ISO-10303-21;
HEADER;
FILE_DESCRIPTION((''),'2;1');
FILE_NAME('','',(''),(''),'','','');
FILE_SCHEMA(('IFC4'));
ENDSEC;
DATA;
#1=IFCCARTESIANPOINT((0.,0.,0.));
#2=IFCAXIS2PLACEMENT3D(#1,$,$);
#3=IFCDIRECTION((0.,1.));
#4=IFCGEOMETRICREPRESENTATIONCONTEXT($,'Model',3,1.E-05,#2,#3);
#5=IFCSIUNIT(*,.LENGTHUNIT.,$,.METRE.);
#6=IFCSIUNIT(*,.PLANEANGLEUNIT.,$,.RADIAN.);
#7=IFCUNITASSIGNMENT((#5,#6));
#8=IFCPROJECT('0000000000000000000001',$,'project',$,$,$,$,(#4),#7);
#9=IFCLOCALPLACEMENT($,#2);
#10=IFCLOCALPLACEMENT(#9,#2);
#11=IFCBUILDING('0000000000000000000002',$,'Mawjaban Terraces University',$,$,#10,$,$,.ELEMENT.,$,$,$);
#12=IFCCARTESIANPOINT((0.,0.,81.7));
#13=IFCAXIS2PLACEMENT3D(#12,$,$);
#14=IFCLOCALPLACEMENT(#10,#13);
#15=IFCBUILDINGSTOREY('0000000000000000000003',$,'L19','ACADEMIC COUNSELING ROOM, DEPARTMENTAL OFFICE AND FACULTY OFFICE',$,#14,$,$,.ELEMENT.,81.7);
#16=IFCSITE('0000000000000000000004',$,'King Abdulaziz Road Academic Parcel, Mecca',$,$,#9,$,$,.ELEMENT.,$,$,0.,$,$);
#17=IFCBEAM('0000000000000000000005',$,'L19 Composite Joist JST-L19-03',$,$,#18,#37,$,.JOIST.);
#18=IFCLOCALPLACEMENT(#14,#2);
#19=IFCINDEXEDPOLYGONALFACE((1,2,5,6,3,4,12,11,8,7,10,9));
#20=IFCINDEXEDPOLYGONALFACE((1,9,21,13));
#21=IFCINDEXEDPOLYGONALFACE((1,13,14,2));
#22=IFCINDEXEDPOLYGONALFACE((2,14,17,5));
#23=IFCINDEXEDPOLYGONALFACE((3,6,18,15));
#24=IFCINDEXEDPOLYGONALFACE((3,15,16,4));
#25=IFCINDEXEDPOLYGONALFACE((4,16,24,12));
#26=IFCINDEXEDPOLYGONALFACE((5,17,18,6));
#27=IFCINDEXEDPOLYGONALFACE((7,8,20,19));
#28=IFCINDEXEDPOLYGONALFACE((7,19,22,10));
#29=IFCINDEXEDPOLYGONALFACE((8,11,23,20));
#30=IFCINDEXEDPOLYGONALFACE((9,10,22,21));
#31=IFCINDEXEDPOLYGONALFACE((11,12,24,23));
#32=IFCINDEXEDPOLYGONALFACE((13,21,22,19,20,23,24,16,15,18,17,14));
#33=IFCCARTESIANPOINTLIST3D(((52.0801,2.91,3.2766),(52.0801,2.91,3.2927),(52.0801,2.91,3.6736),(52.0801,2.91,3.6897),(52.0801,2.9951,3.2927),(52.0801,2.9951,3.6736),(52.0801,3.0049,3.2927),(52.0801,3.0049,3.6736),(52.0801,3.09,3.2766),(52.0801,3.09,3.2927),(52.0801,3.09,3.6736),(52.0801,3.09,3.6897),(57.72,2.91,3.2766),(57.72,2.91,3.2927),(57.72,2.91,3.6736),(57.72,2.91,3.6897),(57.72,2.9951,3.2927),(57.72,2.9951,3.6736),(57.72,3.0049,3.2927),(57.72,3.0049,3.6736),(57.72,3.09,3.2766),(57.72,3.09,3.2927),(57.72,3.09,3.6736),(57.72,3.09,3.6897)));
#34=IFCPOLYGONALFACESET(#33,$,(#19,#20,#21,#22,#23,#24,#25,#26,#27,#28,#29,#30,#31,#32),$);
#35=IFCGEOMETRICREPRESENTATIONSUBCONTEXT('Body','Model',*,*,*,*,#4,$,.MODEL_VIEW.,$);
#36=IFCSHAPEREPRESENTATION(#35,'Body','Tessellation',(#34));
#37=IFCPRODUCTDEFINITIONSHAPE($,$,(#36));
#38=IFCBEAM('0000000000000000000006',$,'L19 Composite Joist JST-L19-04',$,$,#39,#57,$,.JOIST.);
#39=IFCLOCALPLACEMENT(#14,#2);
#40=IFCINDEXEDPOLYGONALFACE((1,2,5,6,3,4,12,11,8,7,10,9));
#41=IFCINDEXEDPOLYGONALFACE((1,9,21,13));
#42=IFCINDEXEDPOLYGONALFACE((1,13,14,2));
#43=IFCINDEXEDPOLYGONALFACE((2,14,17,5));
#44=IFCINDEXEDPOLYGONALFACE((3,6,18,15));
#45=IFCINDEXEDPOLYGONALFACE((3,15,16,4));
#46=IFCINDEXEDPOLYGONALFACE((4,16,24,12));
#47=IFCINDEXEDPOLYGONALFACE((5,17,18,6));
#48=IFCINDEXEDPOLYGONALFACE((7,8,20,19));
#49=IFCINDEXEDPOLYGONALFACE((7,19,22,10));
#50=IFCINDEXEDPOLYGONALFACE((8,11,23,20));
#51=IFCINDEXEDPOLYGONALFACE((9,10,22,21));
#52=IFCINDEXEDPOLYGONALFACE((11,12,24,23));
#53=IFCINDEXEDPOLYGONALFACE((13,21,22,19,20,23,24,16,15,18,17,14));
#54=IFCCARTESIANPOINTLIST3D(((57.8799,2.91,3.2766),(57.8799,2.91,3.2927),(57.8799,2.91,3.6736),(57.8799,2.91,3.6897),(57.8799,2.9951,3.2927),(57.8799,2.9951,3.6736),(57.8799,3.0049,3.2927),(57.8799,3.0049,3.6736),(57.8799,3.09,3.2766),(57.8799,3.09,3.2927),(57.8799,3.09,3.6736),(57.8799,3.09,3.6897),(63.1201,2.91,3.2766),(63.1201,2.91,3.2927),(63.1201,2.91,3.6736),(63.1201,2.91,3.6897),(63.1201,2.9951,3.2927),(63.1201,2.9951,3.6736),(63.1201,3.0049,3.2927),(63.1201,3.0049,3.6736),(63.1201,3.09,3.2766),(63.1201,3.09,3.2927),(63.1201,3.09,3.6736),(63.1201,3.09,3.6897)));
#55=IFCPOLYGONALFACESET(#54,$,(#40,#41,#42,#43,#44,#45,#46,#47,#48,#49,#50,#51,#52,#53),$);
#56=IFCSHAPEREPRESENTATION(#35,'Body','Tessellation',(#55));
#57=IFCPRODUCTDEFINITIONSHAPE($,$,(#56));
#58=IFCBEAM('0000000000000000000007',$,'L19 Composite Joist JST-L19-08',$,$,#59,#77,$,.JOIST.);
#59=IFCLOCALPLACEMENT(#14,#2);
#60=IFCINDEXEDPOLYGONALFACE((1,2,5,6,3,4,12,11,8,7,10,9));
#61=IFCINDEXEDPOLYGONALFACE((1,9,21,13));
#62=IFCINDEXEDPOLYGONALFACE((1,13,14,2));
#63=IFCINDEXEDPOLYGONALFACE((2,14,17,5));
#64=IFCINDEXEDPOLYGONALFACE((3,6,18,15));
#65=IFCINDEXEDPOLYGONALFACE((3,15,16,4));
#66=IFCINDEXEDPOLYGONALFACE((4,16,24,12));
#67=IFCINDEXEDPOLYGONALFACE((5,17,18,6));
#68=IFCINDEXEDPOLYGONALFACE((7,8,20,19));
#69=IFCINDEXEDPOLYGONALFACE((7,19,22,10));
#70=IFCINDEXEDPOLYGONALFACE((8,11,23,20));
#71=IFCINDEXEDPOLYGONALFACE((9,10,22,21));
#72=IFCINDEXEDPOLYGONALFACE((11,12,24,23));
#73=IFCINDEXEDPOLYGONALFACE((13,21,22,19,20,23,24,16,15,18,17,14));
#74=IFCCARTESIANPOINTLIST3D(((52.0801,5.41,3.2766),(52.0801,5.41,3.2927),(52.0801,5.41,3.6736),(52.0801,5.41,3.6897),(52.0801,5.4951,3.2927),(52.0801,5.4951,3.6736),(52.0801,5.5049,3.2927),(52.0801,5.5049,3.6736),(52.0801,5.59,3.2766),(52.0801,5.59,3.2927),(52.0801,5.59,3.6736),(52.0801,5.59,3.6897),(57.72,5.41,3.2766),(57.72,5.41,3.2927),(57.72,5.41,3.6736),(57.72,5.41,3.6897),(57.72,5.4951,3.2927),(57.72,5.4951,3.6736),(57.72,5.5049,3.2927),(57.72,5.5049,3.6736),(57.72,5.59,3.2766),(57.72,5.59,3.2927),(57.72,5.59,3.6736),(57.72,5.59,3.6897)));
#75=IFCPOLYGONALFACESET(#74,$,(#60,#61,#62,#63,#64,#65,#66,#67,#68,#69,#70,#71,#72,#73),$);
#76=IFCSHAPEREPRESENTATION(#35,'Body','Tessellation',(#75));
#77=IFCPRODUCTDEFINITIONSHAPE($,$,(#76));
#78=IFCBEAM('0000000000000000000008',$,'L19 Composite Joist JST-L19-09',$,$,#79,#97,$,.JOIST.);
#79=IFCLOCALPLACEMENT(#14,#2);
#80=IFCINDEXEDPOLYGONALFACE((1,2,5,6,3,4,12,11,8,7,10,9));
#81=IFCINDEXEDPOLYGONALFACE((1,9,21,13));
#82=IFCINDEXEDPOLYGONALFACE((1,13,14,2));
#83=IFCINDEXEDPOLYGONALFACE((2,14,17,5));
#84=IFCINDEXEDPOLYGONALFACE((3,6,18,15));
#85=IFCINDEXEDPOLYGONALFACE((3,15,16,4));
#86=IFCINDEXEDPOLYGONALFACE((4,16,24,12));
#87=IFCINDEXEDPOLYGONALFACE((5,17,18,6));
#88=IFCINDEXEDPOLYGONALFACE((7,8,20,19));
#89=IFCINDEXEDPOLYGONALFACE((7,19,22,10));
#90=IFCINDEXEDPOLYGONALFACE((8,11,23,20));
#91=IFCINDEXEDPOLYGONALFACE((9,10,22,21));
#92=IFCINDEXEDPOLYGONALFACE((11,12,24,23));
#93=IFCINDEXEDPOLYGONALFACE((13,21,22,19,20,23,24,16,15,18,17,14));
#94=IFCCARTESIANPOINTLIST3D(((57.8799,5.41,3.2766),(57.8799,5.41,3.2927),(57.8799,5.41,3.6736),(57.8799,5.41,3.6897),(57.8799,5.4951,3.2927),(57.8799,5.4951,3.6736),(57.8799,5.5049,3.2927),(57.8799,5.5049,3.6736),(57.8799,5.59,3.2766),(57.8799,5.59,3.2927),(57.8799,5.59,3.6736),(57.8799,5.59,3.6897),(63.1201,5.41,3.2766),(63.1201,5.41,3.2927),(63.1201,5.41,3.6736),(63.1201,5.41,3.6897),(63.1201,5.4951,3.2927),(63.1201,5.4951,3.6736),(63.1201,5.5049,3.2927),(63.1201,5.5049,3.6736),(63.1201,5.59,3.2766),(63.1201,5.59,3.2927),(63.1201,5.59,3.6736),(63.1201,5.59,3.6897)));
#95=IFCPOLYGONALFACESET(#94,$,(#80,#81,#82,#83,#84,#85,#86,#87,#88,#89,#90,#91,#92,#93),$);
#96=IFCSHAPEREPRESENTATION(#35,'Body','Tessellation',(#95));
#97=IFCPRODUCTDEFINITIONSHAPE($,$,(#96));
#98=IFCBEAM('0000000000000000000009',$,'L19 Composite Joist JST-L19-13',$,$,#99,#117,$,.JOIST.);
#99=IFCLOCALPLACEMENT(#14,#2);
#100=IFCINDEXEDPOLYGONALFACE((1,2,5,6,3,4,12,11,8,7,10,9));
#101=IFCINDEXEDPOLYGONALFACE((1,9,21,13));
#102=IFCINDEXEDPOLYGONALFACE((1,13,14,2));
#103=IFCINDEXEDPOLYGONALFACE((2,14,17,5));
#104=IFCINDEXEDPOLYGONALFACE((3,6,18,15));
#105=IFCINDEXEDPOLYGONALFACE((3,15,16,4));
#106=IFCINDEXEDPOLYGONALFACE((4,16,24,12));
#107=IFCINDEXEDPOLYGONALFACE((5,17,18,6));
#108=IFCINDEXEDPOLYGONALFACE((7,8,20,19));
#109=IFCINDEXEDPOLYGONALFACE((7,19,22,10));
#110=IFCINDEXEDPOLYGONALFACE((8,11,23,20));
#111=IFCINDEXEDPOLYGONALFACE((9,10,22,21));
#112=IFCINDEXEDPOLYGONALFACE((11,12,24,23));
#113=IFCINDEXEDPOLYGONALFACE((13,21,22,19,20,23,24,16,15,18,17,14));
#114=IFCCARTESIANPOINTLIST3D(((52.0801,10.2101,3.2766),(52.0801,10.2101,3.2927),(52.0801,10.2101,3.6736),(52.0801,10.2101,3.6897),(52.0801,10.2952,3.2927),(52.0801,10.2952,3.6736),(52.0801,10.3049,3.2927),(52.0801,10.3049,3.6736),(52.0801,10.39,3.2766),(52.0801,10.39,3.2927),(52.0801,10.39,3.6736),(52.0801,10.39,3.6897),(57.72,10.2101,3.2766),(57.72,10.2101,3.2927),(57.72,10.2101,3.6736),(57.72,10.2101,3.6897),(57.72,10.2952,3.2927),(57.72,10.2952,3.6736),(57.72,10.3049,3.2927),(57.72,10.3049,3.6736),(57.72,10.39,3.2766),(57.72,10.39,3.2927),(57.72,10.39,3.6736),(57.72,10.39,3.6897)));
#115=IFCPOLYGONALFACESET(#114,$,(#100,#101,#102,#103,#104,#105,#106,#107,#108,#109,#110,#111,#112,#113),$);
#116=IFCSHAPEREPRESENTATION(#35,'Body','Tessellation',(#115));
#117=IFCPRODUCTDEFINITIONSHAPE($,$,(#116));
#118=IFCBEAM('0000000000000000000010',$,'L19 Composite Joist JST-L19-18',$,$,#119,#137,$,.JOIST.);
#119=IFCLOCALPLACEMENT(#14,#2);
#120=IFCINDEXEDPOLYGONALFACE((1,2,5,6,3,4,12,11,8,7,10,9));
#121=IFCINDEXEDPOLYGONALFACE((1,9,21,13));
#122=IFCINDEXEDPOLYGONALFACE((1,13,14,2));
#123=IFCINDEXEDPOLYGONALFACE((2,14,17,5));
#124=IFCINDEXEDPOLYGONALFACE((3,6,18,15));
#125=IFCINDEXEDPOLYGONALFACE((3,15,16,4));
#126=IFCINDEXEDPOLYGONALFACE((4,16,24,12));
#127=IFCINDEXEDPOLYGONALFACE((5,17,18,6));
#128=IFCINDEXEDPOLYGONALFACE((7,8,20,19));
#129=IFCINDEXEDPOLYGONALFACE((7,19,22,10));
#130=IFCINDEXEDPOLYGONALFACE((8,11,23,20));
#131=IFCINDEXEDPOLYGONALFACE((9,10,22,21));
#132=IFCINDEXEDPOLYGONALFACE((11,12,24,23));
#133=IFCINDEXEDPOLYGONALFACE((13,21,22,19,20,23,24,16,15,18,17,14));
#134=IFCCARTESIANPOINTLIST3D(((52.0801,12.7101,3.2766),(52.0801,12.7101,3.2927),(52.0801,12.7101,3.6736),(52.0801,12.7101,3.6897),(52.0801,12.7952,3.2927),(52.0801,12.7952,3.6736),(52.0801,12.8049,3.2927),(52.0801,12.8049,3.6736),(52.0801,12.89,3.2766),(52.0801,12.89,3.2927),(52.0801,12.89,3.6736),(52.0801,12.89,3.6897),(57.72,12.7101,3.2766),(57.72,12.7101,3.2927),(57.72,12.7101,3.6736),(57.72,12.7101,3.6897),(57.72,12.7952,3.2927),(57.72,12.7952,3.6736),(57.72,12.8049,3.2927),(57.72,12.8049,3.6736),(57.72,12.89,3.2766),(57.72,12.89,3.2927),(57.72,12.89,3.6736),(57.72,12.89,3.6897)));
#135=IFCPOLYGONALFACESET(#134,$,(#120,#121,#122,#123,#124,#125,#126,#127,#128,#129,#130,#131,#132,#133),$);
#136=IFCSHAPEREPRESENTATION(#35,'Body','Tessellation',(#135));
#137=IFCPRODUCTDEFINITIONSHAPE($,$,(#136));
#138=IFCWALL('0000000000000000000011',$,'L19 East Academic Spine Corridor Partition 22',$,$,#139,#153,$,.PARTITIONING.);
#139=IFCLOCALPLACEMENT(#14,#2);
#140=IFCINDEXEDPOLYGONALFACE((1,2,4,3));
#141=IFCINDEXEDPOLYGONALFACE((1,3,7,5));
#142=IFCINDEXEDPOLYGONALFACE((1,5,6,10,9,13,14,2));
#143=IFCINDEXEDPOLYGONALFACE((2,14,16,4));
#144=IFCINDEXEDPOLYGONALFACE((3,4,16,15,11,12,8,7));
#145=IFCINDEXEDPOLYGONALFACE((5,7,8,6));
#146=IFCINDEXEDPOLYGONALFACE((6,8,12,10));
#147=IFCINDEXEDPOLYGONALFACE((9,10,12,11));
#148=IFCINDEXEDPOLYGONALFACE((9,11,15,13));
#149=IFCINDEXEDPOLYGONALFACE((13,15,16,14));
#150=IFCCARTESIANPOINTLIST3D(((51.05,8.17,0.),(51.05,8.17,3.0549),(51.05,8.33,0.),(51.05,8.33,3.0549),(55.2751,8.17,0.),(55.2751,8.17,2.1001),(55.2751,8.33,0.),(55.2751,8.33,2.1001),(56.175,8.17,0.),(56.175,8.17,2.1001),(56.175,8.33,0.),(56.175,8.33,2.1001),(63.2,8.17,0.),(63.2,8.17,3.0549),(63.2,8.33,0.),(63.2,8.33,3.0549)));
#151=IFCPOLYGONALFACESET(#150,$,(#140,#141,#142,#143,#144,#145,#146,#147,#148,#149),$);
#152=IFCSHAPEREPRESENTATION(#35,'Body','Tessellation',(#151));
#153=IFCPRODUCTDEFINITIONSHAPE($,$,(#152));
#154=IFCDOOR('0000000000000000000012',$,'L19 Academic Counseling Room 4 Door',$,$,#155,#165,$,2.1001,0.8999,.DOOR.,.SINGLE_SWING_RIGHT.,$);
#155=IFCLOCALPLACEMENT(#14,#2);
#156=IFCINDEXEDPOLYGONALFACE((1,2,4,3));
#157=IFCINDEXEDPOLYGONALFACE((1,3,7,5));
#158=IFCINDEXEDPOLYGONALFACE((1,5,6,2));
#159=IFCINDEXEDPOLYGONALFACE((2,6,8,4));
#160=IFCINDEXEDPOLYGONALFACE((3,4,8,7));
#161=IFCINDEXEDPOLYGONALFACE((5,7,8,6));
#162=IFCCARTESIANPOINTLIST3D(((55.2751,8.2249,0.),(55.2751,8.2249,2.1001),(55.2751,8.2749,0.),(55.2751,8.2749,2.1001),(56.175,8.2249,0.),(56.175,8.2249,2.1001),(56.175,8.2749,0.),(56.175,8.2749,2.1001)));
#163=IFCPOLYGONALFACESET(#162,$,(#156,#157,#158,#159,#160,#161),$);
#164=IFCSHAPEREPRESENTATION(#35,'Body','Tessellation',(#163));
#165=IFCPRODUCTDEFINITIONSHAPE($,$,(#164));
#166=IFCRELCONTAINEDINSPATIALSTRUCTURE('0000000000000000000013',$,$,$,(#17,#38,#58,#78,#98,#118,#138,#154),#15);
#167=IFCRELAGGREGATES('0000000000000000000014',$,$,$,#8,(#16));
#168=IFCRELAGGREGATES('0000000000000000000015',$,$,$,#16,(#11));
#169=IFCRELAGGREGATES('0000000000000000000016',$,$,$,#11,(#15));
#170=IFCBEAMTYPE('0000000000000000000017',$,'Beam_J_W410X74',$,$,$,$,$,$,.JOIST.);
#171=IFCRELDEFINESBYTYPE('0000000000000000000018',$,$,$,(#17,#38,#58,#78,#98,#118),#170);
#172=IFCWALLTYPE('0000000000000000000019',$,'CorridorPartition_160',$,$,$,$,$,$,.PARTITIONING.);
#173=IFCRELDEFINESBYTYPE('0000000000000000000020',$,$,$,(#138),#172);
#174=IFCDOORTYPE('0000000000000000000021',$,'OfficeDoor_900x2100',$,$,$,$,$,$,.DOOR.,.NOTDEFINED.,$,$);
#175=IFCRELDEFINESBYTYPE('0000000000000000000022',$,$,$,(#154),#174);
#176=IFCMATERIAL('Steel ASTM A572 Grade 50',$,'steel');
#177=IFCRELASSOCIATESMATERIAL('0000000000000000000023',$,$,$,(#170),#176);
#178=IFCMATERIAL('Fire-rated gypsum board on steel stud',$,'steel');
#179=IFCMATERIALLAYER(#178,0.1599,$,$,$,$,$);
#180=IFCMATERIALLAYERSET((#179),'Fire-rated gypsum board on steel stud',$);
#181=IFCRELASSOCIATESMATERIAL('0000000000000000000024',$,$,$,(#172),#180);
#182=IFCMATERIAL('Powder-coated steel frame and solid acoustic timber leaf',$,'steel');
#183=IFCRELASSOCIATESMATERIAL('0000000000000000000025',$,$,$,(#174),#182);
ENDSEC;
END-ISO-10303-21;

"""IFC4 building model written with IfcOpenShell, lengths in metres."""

from ifc_helpers import new_model, si_unit, direction, frame, frame_2d, origin, origin_2d, place, context, subcontext, project, spatial, rectangle, i_section, extrude, material, layer, layer_set, material_profile, profile_set, type_object, element, fill, save


model = new_model("IFC4")

# Units and contexts
model_context = context("Model", 3, precision=1e-05, world=origin(), true_north=direction((0.0, 1.0)))
body_context = subcontext(model_context, "Body", "Model", "MODEL_VIEW")
ifc_project = project(units=[si_unit("LENGTHUNIT", "METRE"), si_unit("PLANEANGLEUNIT", "RADIAN")], contexts=[model_context])

# Site, building, storey
site_placement = place(None, origin())
site = spatial("IfcSite", under=ifc_project, at=site_placement, Name="King Abdulaziz Road Academic Parcel, Mecca", CompositionType="ELEMENT", RefElevation=0.0)
building_placement = place(site_placement, origin())
building = spatial("IfcBuilding", under=site, at=building_placement, Name="Mawjaban Terraces University", CompositionType="ELEMENT")
storey_placement = place(building_placement, frame((0.0, 0.0, 81.7)))
storey = spatial("IfcBuildingStorey", under=building, at=storey_placement, Name="L19", Description="ACADEMIC COUNSELING ROOM, DEPARTMENTAL OFFICE AND FACULTY OFFICE", CompositionType="ELEMENT", Elevation=81.7)

# Beams
ifc_material_1 = material(Name="Steel ASTM A572 Grade 50", Category="steel")
ifc_material_profile_1 = material_profile(ifc_material_1, i_section(OverallWidth=0.1799, OverallDepth=0.4131, WebThickness=0.0098, FlangeThickness=0.0161, at=origin_2d()), Name="W410X74")
ifc_profile_set_1 = profile_set([ifc_material_profile_1], Name="Steel ASTM A572 Grade 50")
beam_type_1 = type_object("IfcBeamType", Name="Beam_J_W410X74", PredefinedType="JOIST", material=ifc_profile_set_1)
beam_1_placement = place(storey_placement, frame((52.0801, 3.0, 3.4832), z_axis=(1.0, 0.0, 0.0), x_axis=(0.0, 1.0, 0.0)))
element("IfcBeam", 1, at=beam_1_placement, inside=storey, type_object=beam_type_1, Name="L19 Composite Joist JST-L19-03", PredefinedType="JOIST", context=body_context, shape_type="SweptSolid", body=[
    extrude(i_section(OverallWidth=0.1799, OverallDepth=0.4131, WebThickness=0.0098, FlangeThickness=0.0161, at=origin_2d()), origin(), (0.0, 0.0, 1.0), 5.6399),
])
beam_2_placement = place(storey_placement, frame((57.8799, 3.0, 3.4832), z_axis=(1.0, 0.0, 0.0), x_axis=(0.0, 1.0, 0.0)))
element("IfcBeam", 2, at=beam_2_placement, inside=storey, type_object=beam_type_1, Name="L19 Composite Joist JST-L19-04", PredefinedType="JOIST", context=body_context, shape_type="SweptSolid", body=[
    extrude(i_section(OverallWidth=0.1799, OverallDepth=0.4131, WebThickness=0.0098, FlangeThickness=0.0161, at=origin_2d()), origin(), (0.0, 0.0, 1.0), 5.2402),
])
beam_3_placement = place(storey_placement, frame((52.0801, 5.5, 3.4832), z_axis=(1.0, 0.0, 0.0), x_axis=(0.0, 1.0, 0.0)))
element("IfcBeam", 3, at=beam_3_placement, inside=storey, type_object=beam_type_1, Name="L19 Composite Joist JST-L19-08", PredefinedType="JOIST", context=body_context, shape_type="SweptSolid", body=[
    extrude(i_section(OverallWidth=0.1799, OverallDepth=0.4131, WebThickness=0.0098, FlangeThickness=0.0161, at=origin_2d()), origin(), (0.0, 0.0, 1.0), 5.6399),
])
beam_4_placement = place(storey_placement, frame((57.8799, 5.5, 3.4832), z_axis=(1.0, 0.0, 0.0), x_axis=(0.0, 1.0, 0.0)))
element("IfcBeam", 4, at=beam_4_placement, inside=storey, type_object=beam_type_1, Name="L19 Composite Joist JST-L19-09", PredefinedType="JOIST", context=body_context, shape_type="SweptSolid", body=[
    extrude(i_section(OverallWidth=0.1799, OverallDepth=0.4131, WebThickness=0.0098, FlangeThickness=0.0161, at=origin_2d()), origin(), (0.0, 0.0, 1.0), 5.2402),
])
for number, where, z_axis, x_axis, name in (
    (5, (52.0801, 10.3, 3.4832), (1.0, 0.0, 0.0), (0.0, 1.0, 0.0), "L19 Composite Joist JST-L19-13"),
    (6, (52.0801, 12.8, 3.4832), (1.0, 0.0, 0.0), (0.0, 1.0, 0.0), "L19 Composite Joist JST-L19-18"),
):
    element("IfcBeam", number, at=place(storey_placement, frame(where, z_axis=z_axis, x_axis=x_axis)), inside=storey, type_object=beam_type_1, Name=name, PredefinedType="JOIST", context=body_context, shape_type="SweptSolid", body=[
        extrude(i_section(OverallWidth=0.1799, OverallDepth=0.4131, WebThickness=0.0098, FlangeThickness=0.0161, at=origin_2d()), origin(), (0.0, 0.0, 1.0), 5.6399),
    ])

# Wall, opening, door
ifc_material_2 = material(Name="Fire-rated gypsum board on steel stud", Category="steel")
ifc_layer_1 = layer(ifc_material_2, 0.1599)
ifc_layer_set_1 = layer_set([ifc_layer_1], Name="Fire-rated gypsum board on steel stud")
wall_type_1 = type_object("IfcWallType", Name="CorridorPartition_160", PredefinedType="PARTITIONING", material=ifc_layer_set_1)
wall_1_placement = place(storey_placement, frame((51.05, 8.25, 0.0), z_axis=(0.0, 0.0, 1.0), x_axis=(1.0, 0.0, 0.0)))
wall_1 = element("IfcWall", 7, at=wall_1_placement, inside=storey, type_object=wall_type_1, Name="L19 East Academic Spine Corridor Partition 22", PredefinedType="PARTITIONING", context=body_context, shape_type="SweptSolid", body=[
    extrude(rectangle(XDim=12.1499, YDim=0.1599, at=frame_2d((6.075, 0.0))), origin(), (0.0, 0.0, 1.0), 3.0549),
])
opening_1_placement = place(wall_1_placement, frame((4.2251, 0.0, 0.0)))
opening_1 = element("IfcOpeningElement", 8, at=opening_1_placement, cuts=wall_1, PredefinedType="OPENING", context=body_context, shape_type="SweptSolid", body=[
    extrude(rectangle(XDim=0.8999, YDim=2.1001, at=frame_2d((0.45, 1.05))), frame((0.0, 0.0898, 0.0), z_axis=(0.0, -1.0, 0.0), x_axis=(1.0, 0.0, 0.0)), (0.0, 0.0, 1.0), 0.1799),
])
ifc_material_3 = material(Name="Powder-coated steel frame and solid acoustic timber leaf", Category="steel")
door_type = type_object("IfcDoorType", Name="OfficeDoor_900x2100", OperationType="NOTDEFINED", PredefinedType="DOOR", material=ifc_material_3)
door_1_placement = place(opening_1_placement, origin())
door_1 = element("IfcDoor", 9, at=door_1_placement, inside=storey, type_object=door_type, Name="L19 Academic Counseling Room 4 Door", OperationType="SINGLE_SWING_RIGHT", OverallHeight=2.1001, OverallWidth=0.8999, PredefinedType="DOOR", context=body_context, shape_type="SweptSolid", body=[
    extrude(rectangle(XDim=0.8999, YDim=2.1001, at=frame_2d((0.45, 1.05))), frame((0.0, 0.0249, 0.0), z_axis=(0.0, -1.0, 0.0), x_axis=(1.0, 0.0, 0.0)), (0.0, 0.0, 1.0), 0.05),
])
fill(opening_1, door_1)

save(model, "model.ifc")
